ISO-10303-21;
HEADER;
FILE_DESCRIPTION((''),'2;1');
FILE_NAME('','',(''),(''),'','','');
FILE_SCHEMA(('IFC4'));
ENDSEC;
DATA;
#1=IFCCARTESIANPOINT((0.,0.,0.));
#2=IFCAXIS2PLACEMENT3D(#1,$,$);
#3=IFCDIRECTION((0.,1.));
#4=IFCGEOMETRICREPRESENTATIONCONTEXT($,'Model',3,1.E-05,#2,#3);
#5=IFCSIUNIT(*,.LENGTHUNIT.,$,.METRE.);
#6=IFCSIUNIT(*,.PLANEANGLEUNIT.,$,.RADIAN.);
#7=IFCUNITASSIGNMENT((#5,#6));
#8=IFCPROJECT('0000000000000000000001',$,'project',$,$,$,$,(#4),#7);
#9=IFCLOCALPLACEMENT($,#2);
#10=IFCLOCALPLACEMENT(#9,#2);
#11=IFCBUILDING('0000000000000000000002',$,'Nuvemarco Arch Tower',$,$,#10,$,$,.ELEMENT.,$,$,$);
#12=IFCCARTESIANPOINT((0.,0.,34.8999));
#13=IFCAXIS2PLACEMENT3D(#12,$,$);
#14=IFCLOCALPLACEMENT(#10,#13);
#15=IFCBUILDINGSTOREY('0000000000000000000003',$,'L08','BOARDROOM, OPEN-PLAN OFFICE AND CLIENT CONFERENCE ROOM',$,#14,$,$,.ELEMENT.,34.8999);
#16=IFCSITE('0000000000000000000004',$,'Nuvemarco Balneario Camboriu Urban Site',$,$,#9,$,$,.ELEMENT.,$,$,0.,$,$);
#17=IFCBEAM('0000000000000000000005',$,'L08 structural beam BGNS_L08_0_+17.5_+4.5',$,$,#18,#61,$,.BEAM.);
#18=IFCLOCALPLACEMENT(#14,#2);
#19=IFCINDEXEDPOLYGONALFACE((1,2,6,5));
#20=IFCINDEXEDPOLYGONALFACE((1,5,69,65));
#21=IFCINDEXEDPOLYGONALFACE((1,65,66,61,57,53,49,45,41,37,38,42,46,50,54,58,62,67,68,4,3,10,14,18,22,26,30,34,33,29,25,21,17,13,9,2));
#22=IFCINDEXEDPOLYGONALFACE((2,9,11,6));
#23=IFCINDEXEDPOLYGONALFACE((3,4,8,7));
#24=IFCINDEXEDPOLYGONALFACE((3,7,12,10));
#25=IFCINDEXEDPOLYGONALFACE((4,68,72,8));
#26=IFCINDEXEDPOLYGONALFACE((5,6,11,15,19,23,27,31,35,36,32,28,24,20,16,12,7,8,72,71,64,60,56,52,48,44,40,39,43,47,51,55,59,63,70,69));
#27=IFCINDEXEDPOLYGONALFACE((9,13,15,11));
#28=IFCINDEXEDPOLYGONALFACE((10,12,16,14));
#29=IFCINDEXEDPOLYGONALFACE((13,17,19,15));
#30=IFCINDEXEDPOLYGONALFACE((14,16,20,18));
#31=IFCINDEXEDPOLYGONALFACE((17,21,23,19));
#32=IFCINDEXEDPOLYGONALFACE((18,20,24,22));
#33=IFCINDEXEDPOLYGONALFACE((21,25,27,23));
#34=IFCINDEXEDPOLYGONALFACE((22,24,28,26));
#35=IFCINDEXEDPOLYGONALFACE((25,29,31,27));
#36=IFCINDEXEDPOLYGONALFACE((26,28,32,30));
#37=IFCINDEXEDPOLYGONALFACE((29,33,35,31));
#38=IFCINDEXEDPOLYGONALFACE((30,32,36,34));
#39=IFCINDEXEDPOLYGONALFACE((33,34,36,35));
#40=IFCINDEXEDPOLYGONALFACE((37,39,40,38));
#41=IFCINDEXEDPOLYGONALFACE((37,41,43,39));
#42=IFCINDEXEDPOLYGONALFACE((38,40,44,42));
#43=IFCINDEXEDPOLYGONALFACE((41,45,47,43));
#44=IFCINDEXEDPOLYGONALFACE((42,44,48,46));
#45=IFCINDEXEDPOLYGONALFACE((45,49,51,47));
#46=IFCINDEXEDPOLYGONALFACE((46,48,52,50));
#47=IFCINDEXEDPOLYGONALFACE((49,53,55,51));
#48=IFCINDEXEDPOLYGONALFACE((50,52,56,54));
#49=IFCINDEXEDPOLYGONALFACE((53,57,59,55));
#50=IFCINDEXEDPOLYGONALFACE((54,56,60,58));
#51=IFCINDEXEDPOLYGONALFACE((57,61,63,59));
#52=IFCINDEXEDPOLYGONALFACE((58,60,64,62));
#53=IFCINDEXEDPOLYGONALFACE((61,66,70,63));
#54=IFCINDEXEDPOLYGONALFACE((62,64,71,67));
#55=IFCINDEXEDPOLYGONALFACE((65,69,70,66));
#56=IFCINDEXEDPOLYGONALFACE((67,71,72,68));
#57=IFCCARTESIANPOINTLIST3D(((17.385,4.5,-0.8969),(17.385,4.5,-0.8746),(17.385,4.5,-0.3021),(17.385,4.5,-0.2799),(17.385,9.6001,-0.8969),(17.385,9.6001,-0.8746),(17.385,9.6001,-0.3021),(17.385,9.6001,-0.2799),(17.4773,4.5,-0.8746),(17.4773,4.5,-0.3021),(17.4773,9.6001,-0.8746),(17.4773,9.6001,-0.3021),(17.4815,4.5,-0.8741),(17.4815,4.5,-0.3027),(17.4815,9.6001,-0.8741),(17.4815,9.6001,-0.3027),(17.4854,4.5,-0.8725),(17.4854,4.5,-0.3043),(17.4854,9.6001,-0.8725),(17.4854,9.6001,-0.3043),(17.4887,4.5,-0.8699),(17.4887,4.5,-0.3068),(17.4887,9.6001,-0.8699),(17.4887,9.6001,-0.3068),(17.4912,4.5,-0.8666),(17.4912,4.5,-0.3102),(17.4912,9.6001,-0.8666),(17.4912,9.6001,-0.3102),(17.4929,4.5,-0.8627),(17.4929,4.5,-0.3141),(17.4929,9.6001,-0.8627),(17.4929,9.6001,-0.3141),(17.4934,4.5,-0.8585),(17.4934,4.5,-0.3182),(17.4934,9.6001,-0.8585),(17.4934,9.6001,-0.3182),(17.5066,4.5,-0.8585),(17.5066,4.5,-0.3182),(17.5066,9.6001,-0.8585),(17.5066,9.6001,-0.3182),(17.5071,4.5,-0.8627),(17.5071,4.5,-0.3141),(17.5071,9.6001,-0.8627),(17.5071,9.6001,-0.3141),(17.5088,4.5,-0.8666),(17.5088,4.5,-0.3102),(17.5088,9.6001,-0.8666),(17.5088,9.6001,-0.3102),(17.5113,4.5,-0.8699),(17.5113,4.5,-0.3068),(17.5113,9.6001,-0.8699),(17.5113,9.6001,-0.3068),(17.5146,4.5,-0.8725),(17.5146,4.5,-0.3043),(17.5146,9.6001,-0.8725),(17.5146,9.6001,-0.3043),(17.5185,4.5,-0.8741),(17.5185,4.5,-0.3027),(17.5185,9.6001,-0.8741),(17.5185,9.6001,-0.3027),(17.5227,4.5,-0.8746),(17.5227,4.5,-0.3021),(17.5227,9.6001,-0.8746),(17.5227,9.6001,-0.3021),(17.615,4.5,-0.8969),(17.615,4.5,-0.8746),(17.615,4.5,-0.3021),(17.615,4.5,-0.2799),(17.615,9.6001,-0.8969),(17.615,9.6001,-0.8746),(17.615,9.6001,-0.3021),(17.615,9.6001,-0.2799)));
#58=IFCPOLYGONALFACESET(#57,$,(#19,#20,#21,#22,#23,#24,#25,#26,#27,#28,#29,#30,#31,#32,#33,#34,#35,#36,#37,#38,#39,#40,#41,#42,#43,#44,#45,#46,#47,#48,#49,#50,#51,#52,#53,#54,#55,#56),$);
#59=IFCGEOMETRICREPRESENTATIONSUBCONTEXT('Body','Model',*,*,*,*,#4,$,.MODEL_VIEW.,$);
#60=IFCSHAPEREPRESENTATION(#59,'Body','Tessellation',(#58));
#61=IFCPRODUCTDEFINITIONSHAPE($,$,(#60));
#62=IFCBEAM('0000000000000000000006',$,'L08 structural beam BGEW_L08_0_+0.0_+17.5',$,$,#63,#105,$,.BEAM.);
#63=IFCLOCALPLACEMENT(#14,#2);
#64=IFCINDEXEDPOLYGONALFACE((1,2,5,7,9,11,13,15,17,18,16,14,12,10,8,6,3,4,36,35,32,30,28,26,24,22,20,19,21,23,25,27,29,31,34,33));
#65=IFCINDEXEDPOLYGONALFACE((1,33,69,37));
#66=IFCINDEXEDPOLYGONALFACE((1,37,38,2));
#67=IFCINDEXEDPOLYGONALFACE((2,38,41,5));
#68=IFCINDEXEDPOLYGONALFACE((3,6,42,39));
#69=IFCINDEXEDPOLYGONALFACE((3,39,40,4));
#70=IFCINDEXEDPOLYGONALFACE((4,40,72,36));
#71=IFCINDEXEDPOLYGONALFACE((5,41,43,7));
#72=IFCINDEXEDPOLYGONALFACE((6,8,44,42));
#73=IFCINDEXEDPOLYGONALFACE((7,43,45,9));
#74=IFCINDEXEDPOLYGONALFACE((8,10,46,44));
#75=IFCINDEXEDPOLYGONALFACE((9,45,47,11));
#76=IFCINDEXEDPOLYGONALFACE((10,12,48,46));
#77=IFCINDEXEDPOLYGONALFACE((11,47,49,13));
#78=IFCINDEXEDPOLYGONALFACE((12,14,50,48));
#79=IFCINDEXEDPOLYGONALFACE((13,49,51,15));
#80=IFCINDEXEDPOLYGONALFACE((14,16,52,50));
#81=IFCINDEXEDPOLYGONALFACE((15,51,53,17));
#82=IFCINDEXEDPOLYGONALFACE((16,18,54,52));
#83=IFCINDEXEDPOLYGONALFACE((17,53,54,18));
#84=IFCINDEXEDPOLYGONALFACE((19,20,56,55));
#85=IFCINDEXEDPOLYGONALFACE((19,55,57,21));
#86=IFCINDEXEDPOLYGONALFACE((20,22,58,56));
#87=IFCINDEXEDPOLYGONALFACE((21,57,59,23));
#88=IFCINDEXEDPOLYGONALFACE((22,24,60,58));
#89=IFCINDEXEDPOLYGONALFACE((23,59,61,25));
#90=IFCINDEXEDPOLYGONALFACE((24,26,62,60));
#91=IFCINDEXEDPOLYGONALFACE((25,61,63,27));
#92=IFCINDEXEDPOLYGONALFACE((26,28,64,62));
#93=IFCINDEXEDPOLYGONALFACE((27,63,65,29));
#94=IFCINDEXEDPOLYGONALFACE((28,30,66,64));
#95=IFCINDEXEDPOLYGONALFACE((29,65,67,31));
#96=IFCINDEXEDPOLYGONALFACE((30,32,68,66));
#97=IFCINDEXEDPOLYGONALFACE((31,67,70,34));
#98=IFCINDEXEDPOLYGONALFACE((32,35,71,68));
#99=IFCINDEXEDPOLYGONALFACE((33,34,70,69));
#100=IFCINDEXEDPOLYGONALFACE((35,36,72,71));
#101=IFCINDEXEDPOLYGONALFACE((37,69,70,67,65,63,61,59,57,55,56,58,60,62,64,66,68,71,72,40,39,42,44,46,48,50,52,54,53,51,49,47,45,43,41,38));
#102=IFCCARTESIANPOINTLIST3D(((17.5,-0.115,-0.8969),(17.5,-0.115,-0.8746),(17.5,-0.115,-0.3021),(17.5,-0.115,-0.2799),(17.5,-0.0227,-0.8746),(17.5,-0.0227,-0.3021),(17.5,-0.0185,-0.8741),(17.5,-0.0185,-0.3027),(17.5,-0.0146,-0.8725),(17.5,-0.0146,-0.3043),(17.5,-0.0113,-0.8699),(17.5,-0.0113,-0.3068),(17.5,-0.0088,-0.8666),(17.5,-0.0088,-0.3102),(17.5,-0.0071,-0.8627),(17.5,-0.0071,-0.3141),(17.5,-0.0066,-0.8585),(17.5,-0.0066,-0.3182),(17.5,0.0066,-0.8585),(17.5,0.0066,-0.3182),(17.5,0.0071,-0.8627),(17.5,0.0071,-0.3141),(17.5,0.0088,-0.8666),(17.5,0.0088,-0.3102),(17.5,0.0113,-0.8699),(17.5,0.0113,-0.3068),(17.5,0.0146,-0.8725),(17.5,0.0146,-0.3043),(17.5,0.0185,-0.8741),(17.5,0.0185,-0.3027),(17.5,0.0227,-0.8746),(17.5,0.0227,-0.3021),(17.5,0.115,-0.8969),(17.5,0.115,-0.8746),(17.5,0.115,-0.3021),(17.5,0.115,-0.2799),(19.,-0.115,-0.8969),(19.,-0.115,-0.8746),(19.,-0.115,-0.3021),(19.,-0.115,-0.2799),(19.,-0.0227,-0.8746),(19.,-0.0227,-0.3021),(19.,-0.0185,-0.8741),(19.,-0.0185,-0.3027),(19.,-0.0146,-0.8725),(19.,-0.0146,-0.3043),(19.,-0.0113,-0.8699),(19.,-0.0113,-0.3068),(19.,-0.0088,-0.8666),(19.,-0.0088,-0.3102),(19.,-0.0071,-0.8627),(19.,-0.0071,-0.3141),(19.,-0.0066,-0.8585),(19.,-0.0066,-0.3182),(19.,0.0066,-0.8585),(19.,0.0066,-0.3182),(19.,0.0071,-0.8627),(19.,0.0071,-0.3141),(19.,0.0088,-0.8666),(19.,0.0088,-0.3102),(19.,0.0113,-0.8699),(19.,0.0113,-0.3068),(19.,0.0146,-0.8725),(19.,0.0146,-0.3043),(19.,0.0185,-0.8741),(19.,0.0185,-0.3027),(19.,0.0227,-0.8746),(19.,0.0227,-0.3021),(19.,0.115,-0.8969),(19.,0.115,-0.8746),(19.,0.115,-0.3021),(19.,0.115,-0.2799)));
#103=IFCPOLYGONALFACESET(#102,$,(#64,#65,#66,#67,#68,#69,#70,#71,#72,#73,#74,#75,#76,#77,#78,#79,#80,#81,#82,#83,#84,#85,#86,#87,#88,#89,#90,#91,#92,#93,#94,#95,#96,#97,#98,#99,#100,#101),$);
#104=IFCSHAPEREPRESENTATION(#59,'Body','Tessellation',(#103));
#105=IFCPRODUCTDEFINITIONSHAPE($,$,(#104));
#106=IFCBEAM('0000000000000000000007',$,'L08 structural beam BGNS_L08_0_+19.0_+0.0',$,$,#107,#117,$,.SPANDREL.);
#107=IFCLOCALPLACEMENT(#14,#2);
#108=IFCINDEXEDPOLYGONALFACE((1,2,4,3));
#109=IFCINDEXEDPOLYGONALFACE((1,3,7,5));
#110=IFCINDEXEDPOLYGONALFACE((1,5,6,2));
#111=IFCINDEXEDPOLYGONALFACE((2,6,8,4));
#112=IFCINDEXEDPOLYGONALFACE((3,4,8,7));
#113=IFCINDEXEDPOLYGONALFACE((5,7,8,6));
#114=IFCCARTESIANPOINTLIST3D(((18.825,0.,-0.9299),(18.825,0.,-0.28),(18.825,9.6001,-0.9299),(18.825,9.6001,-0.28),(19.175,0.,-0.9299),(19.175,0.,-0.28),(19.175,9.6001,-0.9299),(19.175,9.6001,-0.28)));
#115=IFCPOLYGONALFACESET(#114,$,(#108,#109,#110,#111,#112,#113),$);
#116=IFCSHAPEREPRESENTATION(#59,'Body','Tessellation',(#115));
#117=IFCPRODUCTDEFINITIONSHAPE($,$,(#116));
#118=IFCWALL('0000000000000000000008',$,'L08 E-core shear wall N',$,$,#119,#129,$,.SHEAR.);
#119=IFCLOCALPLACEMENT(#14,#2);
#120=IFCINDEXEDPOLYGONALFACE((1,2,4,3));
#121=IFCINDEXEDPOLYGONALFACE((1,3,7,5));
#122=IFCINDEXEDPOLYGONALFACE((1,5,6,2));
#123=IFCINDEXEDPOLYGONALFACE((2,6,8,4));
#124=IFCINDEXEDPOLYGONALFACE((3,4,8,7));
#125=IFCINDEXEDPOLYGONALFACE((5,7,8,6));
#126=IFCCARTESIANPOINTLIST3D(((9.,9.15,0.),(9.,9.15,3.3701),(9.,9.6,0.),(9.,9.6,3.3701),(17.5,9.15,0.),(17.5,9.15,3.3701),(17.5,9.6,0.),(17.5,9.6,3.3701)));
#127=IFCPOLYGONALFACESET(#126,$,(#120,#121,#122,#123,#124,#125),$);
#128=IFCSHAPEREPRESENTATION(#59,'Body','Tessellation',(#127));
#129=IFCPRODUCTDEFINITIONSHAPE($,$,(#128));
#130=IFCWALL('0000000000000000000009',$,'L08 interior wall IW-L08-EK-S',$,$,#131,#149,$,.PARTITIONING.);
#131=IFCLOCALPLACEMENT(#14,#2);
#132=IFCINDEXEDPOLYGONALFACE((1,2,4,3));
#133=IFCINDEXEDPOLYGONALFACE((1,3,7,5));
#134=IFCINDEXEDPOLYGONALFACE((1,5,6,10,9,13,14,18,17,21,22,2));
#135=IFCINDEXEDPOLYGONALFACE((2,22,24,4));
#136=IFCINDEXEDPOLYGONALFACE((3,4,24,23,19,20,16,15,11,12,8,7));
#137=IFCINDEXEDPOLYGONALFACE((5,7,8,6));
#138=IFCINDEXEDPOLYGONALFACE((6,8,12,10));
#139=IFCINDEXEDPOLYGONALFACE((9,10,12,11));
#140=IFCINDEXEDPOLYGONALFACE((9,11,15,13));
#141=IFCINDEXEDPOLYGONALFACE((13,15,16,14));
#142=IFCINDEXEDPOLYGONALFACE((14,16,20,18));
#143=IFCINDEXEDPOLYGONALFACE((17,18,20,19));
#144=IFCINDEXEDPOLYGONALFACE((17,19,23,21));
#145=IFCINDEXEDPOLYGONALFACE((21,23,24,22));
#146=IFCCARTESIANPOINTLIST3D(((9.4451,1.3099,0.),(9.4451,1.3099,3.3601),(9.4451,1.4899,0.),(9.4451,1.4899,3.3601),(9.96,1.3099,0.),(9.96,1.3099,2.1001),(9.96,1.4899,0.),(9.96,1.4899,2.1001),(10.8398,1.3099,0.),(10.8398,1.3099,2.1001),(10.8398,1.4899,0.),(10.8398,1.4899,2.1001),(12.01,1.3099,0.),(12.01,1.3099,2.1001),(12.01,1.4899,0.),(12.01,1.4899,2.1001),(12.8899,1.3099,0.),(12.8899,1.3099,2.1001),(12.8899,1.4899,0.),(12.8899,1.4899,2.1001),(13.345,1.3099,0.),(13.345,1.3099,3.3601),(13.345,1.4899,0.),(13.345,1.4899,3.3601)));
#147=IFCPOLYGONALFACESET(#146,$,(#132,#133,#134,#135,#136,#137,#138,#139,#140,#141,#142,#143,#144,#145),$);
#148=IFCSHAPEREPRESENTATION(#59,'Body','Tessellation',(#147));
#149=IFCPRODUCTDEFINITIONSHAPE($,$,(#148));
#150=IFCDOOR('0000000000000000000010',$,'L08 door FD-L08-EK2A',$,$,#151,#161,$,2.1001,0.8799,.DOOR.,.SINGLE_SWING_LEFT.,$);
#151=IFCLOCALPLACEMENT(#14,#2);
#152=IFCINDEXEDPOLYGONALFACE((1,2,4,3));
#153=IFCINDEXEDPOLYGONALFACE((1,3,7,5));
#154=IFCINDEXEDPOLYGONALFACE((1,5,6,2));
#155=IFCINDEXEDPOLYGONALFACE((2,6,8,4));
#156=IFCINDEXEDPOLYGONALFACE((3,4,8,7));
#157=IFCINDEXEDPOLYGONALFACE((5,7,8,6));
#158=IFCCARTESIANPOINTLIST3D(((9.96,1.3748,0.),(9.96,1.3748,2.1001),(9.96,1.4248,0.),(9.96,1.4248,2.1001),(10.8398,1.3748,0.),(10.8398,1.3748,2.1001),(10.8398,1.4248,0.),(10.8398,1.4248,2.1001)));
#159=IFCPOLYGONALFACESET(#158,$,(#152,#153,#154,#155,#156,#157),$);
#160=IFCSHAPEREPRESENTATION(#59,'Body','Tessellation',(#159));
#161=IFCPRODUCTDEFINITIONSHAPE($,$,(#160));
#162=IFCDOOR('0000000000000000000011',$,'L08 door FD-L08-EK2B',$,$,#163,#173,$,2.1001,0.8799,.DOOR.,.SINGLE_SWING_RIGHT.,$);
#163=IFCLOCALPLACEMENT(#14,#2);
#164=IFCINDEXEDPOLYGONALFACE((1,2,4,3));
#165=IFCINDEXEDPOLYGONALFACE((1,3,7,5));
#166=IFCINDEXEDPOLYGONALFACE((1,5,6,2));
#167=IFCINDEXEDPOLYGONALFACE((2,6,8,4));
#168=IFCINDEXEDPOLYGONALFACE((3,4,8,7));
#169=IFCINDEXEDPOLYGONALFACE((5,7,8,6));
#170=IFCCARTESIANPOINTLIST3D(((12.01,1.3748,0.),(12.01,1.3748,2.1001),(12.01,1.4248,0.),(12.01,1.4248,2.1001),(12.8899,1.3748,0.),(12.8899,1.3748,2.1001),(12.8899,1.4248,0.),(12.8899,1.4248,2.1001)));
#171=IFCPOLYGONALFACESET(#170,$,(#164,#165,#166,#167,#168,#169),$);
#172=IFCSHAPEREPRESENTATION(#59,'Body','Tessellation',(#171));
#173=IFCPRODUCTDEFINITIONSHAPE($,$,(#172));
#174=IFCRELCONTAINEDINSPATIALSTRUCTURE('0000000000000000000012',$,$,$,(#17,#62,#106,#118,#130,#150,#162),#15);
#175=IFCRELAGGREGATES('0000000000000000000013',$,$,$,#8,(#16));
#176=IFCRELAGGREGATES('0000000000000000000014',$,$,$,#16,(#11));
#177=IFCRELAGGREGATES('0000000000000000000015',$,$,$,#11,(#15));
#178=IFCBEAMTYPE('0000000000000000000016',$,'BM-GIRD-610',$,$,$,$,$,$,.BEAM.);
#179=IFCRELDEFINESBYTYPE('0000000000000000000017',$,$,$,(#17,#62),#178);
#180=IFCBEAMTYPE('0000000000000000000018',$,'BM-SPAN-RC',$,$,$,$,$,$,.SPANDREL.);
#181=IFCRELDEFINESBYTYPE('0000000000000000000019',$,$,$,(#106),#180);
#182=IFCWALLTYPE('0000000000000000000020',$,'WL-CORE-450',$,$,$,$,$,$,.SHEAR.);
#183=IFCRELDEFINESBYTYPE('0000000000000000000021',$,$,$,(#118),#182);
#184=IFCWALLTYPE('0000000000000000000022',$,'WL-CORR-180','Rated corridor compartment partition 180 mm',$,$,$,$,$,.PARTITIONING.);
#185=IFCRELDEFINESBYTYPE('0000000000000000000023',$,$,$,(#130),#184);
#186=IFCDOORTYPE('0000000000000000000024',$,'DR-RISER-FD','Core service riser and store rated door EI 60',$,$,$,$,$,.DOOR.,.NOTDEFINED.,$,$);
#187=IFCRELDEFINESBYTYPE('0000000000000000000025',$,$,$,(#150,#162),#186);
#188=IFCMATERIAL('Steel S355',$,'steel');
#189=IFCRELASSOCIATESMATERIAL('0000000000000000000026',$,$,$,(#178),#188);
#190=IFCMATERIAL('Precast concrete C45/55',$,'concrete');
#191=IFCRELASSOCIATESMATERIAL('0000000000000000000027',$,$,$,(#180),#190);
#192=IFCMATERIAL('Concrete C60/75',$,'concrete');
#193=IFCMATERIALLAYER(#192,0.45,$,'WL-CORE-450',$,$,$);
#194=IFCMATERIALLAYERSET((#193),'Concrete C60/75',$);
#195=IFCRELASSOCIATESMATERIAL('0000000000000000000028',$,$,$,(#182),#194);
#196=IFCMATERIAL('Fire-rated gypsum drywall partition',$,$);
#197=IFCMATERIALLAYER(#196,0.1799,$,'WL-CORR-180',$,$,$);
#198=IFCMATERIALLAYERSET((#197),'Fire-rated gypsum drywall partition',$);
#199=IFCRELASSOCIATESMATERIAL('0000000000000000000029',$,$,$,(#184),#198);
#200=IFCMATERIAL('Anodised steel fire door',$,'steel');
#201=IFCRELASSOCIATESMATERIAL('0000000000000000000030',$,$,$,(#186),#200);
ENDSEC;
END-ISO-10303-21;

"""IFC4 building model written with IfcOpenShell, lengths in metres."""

from ifc_helpers import new_model, si_unit, direction, frame, frame_2d, origin, origin_2d, place, context, subcontext, project, spatial, rectangle, i_section, extrude, source, transform, mapped, material, layer, layer_set, material_profile, profile_set, type_object, type_shapes, element, fill, save


model = new_model("IFC4")

# Units and contexts
model_context = context("Model", 3, precision=1e-05, world=origin(), true_north=direction((0.0, 1.0)))
body_context = subcontext(model_context, "Body", "Model", "MODEL_VIEW")
ifc_project = project(units=[si_unit("LENGTHUNIT", "METRE"), si_unit("PLANEANGLEUNIT", "RADIAN")], contexts=[model_context])

# Site, building, storey
site_placement = place(None, origin())
site = spatial("IfcSite", under=ifc_project, at=site_placement, Name="Nuvemarco Balneario Camboriu Urban Site", CompositionType="ELEMENT", RefElevation=0.0)
building_placement = place(site_placement, origin())
building = spatial("IfcBuilding", under=site, at=building_placement, Name="Nuvemarco Arch Tower", CompositionType="ELEMENT")
storey_placement = place(building_placement, frame((0.0, 0.0, 34.8999)))
storey = spatial("IfcBuildingStorey", under=building, at=storey_placement, Name="L08", Description="BOARDROOM, OPEN-PLAN OFFICE AND CLIENT CONFERENCE ROOM", CompositionType="ELEMENT", Elevation=34.8999)

# Shared definitions
ifc_material_1 = material(Name="Concrete C60/75", Category="concrete")
ifc_material_2 = material(Name="Steel S355", Category="steel")

# Beams
ifc_material_profile_1 = material_profile(ifc_material_2, i_section(OverallWidth=0.23, OverallDepth=0.6169, WebThickness=0.0132, FlangeThickness=0.0222, FilletRadius=0.0161, at=origin_2d()), Name="W610x140")
ifc_profile_set_1 = profile_set([ifc_material_profile_1], Name="Steel S355")
beam_type_1 = type_object("IfcBeamType", Name="BM-GIRD-610", PredefinedType="BEAM", material=ifc_profile_set_1)
for number, where, z_axis, x_axis, name in (
    (1, (17.5, 4.5, -0.5884), (0.0, 1.0, 0.0), (-1.0, 0.0, 0.0), "L08 structural beam BGNS_L08_0_+17.5_+4.5"),
):
    element("IfcBeam", number, at=place(storey_placement, frame(where, z_axis=z_axis, x_axis=x_axis)), inside=storey, type_object=beam_type_1, Name=name, PredefinedType="BEAM", context=body_context, shape_type="SweptSolid", body=[
        extrude(i_section(OverallWidth=0.23, OverallDepth=0.6169, WebThickness=0.0132, FlangeThickness=0.0222, FilletRadius=0.0161, at=origin_2d()), origin(), (0.0, 0.0, 1.0), 5.1001),
    ])
beam_1_placement = place(storey_placement, frame((17.5, 0.0, -0.5884), z_axis=(1.0, 0.0, 0.0), x_axis=(0.0, 1.0, 0.0)))
element("IfcBeam", 2, at=beam_1_placement, inside=storey, type_object=beam_type_1, Name="L08 structural beam BGEW_L08_0_+0.0_+17.5", PredefinedType="BEAM", context=body_context, shape_type="SweptSolid", body=[
    extrude(i_section(OverallWidth=0.23, OverallDepth=0.6169, WebThickness=0.0132, FlangeThickness=0.0222, FilletRadius=0.0161, at=origin_2d()), origin(), (0.0, 0.0, 1.0), 1.5),
])
ifc_material_3 = material(Name="Precast concrete C45/55", Category="concrete")
ifc_material_profile_2 = material_profile(ifc_material_3, rectangle(XDim=0.3501, YDim=0.6499, at=origin_2d()), Name="PC-SP-350x650")
ifc_profile_set_2 = profile_set([ifc_material_profile_2], Name="Precast concrete C45/55")
beam_type_2 = type_object("IfcBeamType", Name="BM-SPAN-RC", PredefinedType="SPANDREL", material=ifc_profile_set_2)
beam_2_placement = place(storey_placement, frame((19.0, 0.0, -0.605), z_axis=(0.0, 1.0, 0.0), x_axis=(-1.0, 0.0, 0.0)))
element("IfcBeam", 3, at=beam_2_placement, inside=storey, type_object=beam_type_2, Name="L08 structural beam BGNS_L08_0_+19.0_+0.0", PredefinedType="SPANDREL", context=body_context, shape_type="SweptSolid", body=[
    extrude(rectangle(XDim=0.3501, YDim=0.6499, at=origin_2d()), origin(), (0.0, 0.0, 1.0), 9.6001),
])

# Wall
ifc_layer_1 = layer(ifc_material_1, 0.45, Name="WL-CORE-450")
ifc_layer_set_1 = layer_set([ifc_layer_1], Name="Concrete C60/75")
wall_type_1 = type_object("IfcWallType", Name="WL-CORE-450", PredefinedType="SHEAR", material=ifc_layer_set_1)
wall_1_placement = place(storey_placement, frame((9.0, 9.375, 0.0), z_axis=(0.0, 0.0, 1.0), x_axis=(1.0, 0.0, 0.0)))
element("IfcWall", 4, at=wall_1_placement, inside=storey, type_object=wall_type_1, Name="L08 E-core shear wall N", PredefinedType="SHEAR", context=body_context, shape_type="SweptSolid", body=[
    extrude(rectangle(XDim=8.5, YDim=0.45, at=frame_2d((4.25, 0.0))), origin(), (0.0, 0.0, 1.0), 3.3701),
])

# Wall, openings, doors
ifc_material_4 = material(Name="Fire-rated gypsum drywall partition")
ifc_layer_2 = layer(ifc_material_4, 0.1799, Name="WL-CORR-180")
ifc_layer_set_2 = layer_set([ifc_layer_2], Name="Fire-rated gypsum drywall partition")
wall_type_2 = type_object("IfcWallType", Name="WL-CORR-180", Description="Rated corridor compartment partition 180 mm", PredefinedType="PARTITIONING", material=ifc_layer_set_2)
wall_2_placement = place(storey_placement, frame((9.4451, 1.3999, 0.0), z_axis=(0.0, 0.0, 1.0), x_axis=(1.0, 0.0, 0.0)))
wall_2 = element("IfcWall", 5, at=wall_2_placement, inside=storey, type_object=wall_type_2, Name="L08 interior wall IW-L08-EK-S", PredefinedType="PARTITIONING", context=body_context, shape_type="SweptSolid", body=[
    extrude(rectangle(XDim=3.8999, YDim=0.1799, at=frame_2d((1.95, 0.0))), origin(), (0.0, 0.0, 1.0), 3.3601),
])
opening_1_placement = place(wall_2_placement, frame((0.5149, 0.0, 0.0)))
opening_1 = element("IfcOpeningElement", 6, at=opening_1_placement, cuts=wall_2, PredefinedType="OPENING", context=body_context, shape_type="SweptSolid", body=[
    extrude(rectangle(XDim=0.8799, YDim=2.1001, at=frame_2d((0.4399, 1.05))), frame((0.0, 0.0999, 0.0), z_axis=(0.0, -1.0, 0.0), x_axis=(1.0, 0.0, 0.0)), (0.0, 0.0, 1.0), 0.2),
])
opening_2_placement = place(wall_2_placement, frame((2.5649, 0.0, 0.0)))
opening_2 = element("IfcOpeningElement", 7, at=opening_2_placement, cuts=wall_2, PredefinedType="OPENING", context=body_context, shape_type="SweptSolid", body=[
    extrude(rectangle(XDim=0.8799, YDim=2.1001, at=frame_2d((0.4399, 1.05))), frame((0.0, 0.0999, 0.0), z_axis=(0.0, -1.0, 0.0), x_axis=(1.0, 0.0, 0.0)), (0.0, 0.0, 1.0), 0.2),
])
ifc_material_5 = material(Name="Anodised steel fire door", Category="steel")
door_type_1 = type_object("IfcDoorType", Name="DR-RISER-FD", Description="Core service riser and store rated door EI 60", OperationType="NOTDEFINED", PredefinedType="DOOR", material=ifc_material_5)
shared_shape_1 = source(origin(), body_context, "Body", "SweptSolid", [
    extrude(rectangle(XDim=0.8799, YDim=2.1001, at=frame_2d((0.4399, 1.05))), frame((0.0, 0.0249, 0.0), z_axis=(0.0, -1.0, 0.0), x_axis=(1.0, 0.0, 0.0)), (0.0, 0.0, 1.0), 0.05),
])
type_shapes(door_type_1, [shared_shape_1])
door_1_placement = place(opening_1_placement, origin())
door_1 = element("IfcDoor", 8, at=door_1_placement, inside=storey, type_object=door_type_1, Name="L08 door FD-L08-EK2A", OperationType="SINGLE_SWING_LEFT", OverallHeight=2.1001, OverallWidth=0.8799, PredefinedType="DOOR", context=body_context, shape_type="MappedRepresentation", body=[
    mapped(shared_shape_1, transform((0.0, 0.0, 0.0), scale=1.0)),
])
fill(opening_1, door_1)
door_2_placement = place(opening_2_placement, origin())
door_2 = element("IfcDoor", 9, at=door_2_placement, inside=storey, type_object=door_type_1, Name="L08 door FD-L08-EK2B", OperationType="SINGLE_SWING_RIGHT", OverallHeight=2.1001, OverallWidth=0.8799, PredefinedType="DOOR", context=body_context, shape_type="MappedRepresentation", body=[
    mapped(shared_shape_1, transform((0.0, 0.0, 0.0), scale=1.0)),
])
fill(opening_2, door_2)

save(model, "model.ifc")
